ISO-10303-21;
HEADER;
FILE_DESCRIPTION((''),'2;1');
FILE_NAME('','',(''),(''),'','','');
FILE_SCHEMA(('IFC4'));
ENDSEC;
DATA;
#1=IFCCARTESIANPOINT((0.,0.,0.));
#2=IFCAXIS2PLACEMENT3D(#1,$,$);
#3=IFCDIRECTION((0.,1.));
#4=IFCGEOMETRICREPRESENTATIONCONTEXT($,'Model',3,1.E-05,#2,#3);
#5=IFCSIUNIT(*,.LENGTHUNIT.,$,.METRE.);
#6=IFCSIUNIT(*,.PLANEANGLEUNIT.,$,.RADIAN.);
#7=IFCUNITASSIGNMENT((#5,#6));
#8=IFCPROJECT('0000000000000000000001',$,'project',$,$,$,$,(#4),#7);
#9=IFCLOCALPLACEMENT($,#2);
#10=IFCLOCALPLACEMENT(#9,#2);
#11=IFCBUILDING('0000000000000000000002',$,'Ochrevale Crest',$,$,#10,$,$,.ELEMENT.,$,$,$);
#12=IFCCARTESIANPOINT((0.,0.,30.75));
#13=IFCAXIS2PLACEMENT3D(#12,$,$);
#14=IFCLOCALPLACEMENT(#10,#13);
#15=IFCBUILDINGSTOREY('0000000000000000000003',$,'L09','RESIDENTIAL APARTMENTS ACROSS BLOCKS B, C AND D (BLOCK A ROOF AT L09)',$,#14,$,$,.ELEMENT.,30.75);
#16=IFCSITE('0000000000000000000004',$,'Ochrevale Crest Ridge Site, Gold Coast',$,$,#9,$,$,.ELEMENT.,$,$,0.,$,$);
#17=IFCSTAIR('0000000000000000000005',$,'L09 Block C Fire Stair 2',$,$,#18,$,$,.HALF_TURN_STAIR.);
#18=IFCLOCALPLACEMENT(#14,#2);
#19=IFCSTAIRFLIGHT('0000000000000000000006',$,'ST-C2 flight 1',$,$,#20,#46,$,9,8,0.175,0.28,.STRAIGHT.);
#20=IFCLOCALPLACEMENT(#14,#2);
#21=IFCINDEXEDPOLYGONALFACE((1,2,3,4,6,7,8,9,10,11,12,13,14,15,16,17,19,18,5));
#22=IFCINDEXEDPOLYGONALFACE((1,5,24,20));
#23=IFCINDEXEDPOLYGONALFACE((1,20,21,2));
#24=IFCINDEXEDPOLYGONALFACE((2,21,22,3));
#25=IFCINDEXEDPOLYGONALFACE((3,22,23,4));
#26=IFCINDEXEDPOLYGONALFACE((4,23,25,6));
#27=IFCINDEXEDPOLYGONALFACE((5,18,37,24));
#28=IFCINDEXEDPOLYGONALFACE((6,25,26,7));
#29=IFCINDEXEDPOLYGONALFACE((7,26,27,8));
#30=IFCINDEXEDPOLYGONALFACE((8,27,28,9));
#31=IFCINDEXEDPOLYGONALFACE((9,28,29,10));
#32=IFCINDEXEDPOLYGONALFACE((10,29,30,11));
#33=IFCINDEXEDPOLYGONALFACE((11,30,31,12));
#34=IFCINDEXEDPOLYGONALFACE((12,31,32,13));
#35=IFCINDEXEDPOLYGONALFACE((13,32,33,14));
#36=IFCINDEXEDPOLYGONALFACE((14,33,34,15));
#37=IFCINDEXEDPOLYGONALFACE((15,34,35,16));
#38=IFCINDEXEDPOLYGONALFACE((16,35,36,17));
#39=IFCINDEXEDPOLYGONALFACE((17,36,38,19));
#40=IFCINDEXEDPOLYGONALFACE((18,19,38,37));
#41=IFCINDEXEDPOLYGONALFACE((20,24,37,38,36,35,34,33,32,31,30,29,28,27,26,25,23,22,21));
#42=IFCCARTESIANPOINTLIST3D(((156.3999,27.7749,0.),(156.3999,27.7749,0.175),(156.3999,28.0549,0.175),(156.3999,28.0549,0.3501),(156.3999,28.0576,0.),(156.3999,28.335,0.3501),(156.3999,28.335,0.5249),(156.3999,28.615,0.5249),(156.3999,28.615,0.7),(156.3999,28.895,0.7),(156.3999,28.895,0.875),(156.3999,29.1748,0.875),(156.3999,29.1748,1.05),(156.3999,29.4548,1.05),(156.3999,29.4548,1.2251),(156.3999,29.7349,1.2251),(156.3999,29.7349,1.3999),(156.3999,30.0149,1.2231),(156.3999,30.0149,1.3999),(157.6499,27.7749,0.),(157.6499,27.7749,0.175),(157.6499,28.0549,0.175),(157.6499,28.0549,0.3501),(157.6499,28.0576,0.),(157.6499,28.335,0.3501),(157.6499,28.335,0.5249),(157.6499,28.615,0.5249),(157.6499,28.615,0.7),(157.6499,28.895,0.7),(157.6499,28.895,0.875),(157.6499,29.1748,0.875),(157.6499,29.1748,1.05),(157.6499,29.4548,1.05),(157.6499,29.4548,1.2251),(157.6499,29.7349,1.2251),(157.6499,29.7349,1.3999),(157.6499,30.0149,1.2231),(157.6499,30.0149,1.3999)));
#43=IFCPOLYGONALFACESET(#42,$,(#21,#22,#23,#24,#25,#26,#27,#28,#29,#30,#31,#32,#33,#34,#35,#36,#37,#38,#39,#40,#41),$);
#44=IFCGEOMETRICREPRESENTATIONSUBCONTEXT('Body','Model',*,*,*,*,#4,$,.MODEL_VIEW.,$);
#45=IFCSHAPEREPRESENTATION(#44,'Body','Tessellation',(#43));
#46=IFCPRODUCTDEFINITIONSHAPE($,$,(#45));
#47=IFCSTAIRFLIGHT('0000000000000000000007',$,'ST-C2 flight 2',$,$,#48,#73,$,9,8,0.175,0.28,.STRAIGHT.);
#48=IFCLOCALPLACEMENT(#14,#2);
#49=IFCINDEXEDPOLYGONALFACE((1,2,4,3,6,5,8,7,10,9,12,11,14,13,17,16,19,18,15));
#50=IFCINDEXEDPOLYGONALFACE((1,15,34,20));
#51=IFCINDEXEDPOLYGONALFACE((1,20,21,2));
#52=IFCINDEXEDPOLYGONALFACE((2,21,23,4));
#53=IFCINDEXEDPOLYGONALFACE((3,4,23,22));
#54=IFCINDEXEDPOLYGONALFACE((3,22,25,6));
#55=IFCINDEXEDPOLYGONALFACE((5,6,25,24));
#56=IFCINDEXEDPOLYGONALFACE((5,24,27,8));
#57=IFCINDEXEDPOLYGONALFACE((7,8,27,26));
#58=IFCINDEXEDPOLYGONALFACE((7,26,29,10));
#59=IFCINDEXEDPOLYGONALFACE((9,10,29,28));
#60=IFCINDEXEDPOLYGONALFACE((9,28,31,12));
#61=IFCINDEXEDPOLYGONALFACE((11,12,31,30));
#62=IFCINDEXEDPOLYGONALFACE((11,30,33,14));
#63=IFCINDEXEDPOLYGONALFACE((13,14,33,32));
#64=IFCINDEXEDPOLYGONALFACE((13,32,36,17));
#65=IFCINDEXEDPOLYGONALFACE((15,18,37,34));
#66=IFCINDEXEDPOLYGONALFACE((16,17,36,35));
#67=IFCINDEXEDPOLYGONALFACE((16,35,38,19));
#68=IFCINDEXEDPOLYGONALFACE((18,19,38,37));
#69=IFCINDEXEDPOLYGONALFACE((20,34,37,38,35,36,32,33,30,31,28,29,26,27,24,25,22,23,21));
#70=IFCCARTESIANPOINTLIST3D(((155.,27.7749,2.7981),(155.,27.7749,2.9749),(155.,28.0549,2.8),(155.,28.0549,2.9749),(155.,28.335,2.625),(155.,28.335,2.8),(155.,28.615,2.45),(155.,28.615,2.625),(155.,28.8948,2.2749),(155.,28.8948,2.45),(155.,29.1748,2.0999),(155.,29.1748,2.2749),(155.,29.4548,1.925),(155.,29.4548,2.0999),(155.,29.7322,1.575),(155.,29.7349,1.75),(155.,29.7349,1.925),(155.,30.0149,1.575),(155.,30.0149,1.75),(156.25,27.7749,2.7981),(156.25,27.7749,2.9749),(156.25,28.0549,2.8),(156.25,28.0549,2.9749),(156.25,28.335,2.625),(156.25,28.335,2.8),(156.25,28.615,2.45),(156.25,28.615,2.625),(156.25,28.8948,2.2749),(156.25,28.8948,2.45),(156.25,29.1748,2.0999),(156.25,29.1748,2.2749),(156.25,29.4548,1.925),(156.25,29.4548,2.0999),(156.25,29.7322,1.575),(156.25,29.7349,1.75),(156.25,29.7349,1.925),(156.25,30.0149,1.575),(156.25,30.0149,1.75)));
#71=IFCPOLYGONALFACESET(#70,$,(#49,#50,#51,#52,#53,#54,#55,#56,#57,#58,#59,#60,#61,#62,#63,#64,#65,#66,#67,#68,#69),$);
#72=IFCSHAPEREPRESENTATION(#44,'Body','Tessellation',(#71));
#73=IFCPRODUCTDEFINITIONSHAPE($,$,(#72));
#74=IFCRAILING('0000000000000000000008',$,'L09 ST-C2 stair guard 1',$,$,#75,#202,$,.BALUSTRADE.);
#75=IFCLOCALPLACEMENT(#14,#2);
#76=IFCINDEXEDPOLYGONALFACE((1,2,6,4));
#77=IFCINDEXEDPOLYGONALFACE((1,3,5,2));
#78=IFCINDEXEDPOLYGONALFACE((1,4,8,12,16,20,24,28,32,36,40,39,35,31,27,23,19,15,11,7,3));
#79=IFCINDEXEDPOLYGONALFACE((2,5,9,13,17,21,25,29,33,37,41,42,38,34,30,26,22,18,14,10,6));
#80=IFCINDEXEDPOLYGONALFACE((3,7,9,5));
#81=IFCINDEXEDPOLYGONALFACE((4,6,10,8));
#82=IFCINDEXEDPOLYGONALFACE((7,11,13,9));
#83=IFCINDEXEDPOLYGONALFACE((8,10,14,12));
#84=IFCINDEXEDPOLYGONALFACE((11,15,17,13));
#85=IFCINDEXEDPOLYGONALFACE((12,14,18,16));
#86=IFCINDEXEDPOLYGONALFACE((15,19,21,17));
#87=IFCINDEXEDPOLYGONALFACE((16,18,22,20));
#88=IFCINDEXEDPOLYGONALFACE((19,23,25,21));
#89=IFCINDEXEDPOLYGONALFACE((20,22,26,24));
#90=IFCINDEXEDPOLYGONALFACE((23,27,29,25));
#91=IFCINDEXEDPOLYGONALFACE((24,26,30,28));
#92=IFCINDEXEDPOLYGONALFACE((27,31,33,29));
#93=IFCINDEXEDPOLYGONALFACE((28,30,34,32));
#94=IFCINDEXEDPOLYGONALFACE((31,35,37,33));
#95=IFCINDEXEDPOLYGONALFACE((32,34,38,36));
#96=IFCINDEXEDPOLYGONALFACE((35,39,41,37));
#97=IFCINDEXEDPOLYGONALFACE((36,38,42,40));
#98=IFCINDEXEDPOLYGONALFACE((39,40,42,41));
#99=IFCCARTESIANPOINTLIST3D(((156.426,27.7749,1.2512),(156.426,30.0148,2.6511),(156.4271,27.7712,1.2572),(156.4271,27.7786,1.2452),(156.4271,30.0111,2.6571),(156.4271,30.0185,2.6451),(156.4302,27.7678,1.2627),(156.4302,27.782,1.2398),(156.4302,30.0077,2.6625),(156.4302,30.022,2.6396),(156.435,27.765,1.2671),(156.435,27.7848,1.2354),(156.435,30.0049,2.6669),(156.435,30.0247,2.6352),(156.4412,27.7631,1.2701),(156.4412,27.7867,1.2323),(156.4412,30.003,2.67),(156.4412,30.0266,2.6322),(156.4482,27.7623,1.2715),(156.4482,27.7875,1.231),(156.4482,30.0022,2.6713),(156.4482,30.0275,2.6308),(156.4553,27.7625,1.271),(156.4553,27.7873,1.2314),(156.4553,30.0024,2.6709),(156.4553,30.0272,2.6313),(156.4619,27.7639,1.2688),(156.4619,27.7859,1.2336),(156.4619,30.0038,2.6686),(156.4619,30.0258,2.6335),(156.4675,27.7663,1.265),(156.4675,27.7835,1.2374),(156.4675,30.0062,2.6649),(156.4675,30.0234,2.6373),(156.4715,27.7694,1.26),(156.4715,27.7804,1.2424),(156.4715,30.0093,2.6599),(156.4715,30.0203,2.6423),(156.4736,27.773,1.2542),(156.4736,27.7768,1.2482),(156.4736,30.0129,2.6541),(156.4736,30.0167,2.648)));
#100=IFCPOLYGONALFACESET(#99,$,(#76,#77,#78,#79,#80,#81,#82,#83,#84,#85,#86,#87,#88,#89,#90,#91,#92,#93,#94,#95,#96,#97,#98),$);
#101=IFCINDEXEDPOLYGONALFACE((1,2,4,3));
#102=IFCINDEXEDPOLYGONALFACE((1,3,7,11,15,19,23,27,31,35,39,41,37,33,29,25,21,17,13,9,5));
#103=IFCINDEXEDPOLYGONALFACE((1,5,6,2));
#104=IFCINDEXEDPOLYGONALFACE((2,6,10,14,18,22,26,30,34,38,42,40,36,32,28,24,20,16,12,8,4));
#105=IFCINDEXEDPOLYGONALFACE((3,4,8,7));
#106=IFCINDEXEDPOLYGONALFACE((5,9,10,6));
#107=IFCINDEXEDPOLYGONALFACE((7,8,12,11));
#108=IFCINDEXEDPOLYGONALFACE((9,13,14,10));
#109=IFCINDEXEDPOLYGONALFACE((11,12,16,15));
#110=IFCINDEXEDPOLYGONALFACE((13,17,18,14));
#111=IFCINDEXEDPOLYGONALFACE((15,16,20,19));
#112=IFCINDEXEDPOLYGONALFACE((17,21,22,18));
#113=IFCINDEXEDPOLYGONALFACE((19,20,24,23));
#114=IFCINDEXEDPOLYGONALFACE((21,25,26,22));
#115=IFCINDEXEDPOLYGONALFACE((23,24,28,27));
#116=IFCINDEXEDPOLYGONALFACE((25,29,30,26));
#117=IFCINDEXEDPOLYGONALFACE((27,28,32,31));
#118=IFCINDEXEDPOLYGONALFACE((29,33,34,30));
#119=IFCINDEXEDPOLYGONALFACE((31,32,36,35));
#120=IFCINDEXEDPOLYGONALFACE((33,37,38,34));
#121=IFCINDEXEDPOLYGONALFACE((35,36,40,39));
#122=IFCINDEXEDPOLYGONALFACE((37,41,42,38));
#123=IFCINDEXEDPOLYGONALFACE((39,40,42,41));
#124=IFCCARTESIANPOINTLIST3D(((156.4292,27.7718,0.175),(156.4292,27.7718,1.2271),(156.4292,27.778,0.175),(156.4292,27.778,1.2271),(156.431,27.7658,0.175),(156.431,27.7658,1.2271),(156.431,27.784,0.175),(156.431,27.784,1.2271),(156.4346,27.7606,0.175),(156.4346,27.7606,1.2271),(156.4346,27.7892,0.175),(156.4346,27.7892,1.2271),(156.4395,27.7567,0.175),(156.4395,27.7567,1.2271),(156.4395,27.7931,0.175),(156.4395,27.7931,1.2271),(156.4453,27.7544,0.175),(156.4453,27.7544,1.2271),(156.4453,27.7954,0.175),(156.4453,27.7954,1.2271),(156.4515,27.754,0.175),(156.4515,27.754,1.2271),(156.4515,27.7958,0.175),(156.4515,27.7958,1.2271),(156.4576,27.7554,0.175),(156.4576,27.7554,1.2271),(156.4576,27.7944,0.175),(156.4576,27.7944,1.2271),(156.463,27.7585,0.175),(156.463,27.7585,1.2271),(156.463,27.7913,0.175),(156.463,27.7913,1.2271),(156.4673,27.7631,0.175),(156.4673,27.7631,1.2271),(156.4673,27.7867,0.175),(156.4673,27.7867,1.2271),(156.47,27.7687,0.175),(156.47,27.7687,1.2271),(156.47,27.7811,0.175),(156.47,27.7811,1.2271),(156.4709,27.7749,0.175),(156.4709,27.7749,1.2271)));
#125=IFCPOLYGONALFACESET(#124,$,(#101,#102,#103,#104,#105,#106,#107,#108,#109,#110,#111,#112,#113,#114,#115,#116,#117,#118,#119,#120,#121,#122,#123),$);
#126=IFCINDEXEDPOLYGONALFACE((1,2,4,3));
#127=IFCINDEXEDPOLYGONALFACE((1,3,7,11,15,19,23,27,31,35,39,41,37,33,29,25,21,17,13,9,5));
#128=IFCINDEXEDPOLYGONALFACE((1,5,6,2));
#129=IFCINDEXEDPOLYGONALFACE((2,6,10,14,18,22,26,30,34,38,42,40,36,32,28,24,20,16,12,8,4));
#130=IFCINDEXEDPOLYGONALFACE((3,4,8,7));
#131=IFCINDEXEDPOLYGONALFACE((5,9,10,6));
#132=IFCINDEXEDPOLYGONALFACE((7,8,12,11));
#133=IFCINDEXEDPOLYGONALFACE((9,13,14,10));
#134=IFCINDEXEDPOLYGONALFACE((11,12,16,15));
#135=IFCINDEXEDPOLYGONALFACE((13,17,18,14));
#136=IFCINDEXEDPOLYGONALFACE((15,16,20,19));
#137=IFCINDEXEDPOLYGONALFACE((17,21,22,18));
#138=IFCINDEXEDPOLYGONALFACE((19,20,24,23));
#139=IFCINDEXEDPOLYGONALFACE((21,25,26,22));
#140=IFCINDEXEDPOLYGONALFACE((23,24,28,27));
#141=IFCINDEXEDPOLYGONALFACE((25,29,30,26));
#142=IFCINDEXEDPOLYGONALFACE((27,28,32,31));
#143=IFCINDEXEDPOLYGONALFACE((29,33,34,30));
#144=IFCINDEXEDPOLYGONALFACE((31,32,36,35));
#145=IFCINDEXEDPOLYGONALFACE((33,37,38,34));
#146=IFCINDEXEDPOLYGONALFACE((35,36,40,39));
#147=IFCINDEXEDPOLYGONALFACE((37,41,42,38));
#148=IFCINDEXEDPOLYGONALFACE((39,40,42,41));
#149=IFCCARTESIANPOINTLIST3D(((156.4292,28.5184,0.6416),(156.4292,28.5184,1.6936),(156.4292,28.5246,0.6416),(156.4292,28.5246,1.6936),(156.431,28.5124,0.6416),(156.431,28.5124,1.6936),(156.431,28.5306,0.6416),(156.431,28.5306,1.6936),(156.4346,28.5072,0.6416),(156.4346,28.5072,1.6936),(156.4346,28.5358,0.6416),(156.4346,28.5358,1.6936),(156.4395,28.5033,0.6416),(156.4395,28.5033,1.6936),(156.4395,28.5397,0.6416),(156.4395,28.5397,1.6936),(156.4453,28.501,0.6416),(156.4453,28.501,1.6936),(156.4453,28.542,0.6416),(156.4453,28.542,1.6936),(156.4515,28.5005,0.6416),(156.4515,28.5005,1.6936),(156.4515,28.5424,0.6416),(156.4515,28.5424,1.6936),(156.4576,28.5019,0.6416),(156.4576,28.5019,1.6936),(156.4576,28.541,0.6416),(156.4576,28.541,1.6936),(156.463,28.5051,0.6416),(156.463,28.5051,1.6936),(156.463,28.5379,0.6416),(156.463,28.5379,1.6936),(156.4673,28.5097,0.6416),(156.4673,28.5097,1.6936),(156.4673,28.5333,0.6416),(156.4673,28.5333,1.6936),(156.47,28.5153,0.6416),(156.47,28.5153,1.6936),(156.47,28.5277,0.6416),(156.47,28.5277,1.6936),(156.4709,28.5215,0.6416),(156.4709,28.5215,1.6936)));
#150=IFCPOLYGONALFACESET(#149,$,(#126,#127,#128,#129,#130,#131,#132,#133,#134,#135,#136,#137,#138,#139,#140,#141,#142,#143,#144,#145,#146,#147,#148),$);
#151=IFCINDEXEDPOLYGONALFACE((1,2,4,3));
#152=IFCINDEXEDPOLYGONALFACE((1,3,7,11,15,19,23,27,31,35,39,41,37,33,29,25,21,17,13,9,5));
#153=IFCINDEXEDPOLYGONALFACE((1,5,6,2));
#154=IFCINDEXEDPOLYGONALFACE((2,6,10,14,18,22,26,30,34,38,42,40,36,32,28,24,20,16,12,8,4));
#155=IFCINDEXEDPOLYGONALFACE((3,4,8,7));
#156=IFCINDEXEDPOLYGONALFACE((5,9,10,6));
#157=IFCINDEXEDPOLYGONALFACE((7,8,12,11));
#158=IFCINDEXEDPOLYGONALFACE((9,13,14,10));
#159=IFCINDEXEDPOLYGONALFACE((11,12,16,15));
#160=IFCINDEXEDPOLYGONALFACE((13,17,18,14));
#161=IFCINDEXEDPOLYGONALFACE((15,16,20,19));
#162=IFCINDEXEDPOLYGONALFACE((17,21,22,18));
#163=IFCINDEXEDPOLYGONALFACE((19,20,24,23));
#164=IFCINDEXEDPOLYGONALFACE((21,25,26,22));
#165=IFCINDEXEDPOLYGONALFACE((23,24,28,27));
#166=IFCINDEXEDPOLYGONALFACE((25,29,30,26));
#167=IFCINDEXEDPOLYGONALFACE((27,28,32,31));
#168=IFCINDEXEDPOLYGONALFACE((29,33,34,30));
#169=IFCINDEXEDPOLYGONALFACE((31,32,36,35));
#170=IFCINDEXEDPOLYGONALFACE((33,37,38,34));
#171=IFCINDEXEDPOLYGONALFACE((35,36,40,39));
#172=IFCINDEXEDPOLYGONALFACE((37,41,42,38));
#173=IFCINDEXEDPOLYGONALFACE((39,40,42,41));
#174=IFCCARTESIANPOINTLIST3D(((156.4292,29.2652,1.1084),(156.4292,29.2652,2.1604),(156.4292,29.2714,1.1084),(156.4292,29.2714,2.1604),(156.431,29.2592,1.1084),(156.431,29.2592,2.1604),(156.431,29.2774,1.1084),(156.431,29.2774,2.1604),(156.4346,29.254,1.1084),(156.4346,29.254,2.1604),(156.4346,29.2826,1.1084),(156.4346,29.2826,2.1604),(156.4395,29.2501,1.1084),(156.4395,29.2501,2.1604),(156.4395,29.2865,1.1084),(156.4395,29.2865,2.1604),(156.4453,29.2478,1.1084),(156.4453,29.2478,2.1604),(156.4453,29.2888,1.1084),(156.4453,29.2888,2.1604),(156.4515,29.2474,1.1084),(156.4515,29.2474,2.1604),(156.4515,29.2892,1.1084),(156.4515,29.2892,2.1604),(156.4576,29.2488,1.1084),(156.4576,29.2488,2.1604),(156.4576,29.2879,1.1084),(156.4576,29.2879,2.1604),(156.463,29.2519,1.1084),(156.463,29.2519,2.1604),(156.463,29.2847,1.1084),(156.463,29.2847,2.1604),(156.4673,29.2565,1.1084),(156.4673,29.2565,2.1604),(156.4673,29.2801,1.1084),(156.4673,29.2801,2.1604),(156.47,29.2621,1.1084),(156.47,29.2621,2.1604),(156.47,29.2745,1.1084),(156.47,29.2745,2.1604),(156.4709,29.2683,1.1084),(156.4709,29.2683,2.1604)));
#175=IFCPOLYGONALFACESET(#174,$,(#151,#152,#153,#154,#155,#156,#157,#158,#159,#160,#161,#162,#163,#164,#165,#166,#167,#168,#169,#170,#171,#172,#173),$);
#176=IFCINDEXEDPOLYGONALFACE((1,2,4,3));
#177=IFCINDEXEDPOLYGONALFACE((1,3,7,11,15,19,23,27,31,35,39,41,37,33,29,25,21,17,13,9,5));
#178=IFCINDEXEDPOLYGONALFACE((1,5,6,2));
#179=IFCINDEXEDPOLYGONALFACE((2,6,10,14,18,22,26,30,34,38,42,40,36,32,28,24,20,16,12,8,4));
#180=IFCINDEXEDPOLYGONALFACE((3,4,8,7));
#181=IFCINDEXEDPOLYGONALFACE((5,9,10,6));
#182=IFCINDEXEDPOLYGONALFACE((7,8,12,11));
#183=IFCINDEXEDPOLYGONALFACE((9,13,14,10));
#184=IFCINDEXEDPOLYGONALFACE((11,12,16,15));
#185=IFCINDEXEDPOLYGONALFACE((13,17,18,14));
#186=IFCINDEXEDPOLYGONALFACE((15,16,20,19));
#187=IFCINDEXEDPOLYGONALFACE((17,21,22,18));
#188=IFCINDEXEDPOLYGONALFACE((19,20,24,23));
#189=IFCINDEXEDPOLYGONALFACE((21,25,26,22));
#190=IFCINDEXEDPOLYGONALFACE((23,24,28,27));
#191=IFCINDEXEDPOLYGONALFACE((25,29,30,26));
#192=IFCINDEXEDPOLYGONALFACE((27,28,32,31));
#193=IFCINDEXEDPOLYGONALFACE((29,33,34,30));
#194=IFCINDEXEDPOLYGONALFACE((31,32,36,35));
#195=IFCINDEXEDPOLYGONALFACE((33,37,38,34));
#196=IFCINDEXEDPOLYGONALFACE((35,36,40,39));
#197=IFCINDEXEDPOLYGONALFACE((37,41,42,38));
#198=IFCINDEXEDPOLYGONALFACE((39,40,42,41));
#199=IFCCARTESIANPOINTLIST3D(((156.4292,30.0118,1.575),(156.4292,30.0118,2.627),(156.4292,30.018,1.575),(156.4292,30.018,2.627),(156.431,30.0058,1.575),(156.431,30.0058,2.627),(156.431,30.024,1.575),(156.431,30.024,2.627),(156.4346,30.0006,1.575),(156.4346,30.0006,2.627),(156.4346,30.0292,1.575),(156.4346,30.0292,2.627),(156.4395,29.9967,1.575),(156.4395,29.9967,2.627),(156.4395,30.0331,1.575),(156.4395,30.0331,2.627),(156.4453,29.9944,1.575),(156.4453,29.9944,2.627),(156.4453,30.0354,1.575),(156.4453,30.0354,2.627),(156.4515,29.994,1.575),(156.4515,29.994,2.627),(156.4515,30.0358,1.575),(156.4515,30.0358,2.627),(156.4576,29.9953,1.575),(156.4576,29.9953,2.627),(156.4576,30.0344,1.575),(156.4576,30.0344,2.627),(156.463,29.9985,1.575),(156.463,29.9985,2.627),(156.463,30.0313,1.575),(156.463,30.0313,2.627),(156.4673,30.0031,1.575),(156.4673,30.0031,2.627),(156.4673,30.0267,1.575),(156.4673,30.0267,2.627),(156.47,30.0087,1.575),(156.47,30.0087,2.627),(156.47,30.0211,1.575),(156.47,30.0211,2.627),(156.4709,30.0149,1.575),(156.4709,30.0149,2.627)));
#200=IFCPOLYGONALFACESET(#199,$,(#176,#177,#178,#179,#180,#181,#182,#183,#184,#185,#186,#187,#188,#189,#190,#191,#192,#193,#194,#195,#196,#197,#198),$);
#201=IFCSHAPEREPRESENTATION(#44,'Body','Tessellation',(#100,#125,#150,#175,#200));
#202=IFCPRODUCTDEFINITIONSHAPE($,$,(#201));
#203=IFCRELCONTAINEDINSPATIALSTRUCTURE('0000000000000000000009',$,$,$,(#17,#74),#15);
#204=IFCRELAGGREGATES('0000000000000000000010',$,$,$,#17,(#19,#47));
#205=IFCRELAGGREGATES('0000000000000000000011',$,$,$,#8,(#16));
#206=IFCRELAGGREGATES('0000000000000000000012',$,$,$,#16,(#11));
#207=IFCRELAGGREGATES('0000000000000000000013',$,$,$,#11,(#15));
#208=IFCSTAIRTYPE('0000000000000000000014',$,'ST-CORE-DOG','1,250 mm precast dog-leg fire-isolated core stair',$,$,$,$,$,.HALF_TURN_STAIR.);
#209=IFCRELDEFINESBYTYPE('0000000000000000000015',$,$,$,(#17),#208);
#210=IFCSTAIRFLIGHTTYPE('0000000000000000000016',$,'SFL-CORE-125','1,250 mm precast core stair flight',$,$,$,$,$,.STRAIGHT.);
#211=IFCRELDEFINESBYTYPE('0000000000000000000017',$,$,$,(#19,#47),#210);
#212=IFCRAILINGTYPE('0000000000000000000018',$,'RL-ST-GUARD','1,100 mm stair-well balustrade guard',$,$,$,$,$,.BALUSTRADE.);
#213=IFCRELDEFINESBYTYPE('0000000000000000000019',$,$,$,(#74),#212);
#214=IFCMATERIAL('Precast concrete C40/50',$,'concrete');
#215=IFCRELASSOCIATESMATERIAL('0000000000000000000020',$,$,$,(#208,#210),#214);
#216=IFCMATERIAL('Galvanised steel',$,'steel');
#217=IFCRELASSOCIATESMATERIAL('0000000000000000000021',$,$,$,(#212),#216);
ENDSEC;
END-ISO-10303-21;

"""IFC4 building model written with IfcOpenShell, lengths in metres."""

from ifc_helpers import new_model, si_unit, direction, frame, origin, origin_2d, place, context, subcontext, project, spatial, polyline, circle, outline, extrude, material, type_object, element, aggregate, save


model = new_model("IFC4")

# Units and contexts
model_context = context("Model", 3, precision=1e-05, world=origin(), true_north=direction((0.0, 1.0)))
body_context = subcontext(model_context, "Body", "Model", "MODEL_VIEW")
ifc_project = project(units=[si_unit("LENGTHUNIT", "METRE"), si_unit("PLANEANGLEUNIT", "RADIAN")], contexts=[model_context])

# Site, building, storey
site_placement = place(None, origin())
site = spatial("IfcSite", under=ifc_project, at=site_placement, Name="Ochrevale Crest Ridge Site, Gold Coast", CompositionType="ELEMENT", RefElevation=0.0)
building_placement = place(site_placement, origin())
building = spatial("IfcBuilding", under=site, at=building_placement, Name="Ochrevale Crest", CompositionType="ELEMENT")
storey_placement = place(building_placement, frame((0.0, 0.0, 30.75)))
storey = spatial("IfcBuildingStorey", under=building, at=storey_placement, Name="L09", Description="RESIDENTIAL APARTMENTS ACROSS BLOCKS B, C AND D (BLOCK A ROOF AT L09)", CompositionType="ELEMENT", Elevation=30.75)

# Shared definitions
ifc_material_1 = material(Name="Precast concrete C40/50", Category="concrete")

# Stair, stair flights
stair_type = type_object("IfcStairType", Name="ST-CORE-DOG", Description="1,250 mm precast dog-leg fire-isolated core stair", PredefinedType="HALF_TURN_STAIR", material=ifc_material_1)
stair_placement = place(storey_placement, origin())
stair = element("IfcStair", 1, at=stair_placement, inside=storey, type_object=stair_type, Name="L09 Block C Fire Stair 2", PredefinedType="HALF_TURN_STAIR")
stair_flight_type = type_object("IfcStairFlightType", Name="SFL-CORE-125", Description="1,250 mm precast core stair flight", PredefinedType="STRAIGHT", material=ifc_material_1)
stair_flight_1_placement = place(storey_placement, frame((157.0249, 27.7749, 0.0), z_axis=(0.0, 0.0, 1.0), x_axis=(0.0, 1.0, 0.0)))
stair_flight_1 = element("IfcStairFlight", 2, at=stair_flight_1_placement, type_object=stair_flight_type, Name="ST-C2 flight 1", NumberOfRisers=9, NumberOfTreads=8, PredefinedType="STRAIGHT", RiserHeight=0.175, TreadLength=0.28, context=body_context, shape_type="SweptSolid", body=[
    extrude(outline(polyline([(0.0, 0.0), (0.0, 0.175), (0.28, 0.175), (0.28, 0.3501), (0.5601, 0.3501), (0.5601, 0.5249), (0.8401, 0.5249), (0.8401, 0.7), (1.1201, 0.7), (1.1201, 0.875), (1.3999, 0.875), (1.3999, 1.05), (1.6799, 1.05), (1.6799, 1.2251), (1.96, 1.2251), (1.96, 1.3999), (2.24, 1.3999), (2.24, 1.575), (2.24, 1.2231), (0.2827, 0.0), (0.0, 0.0)])), frame((0.0, 0.625, 0.0), z_axis=(0.0, -1.0, 0.0), x_axis=(1.0, 0.0, 0.0)), (0.0, 0.0, 1.0), 1.25),
])
stair_flight_2_placement = place(storey_placement, frame((155.625, 30.0149, 1.575), z_axis=(0.0, 0.0, 1.0), x_axis=(0.0, -1.0, 0.0)))
stair_flight_2 = element("IfcStairFlight", 3, at=stair_flight_2_placement, type_object=stair_flight_type, Name="ST-C2 flight 2", NumberOfRisers=9, NumberOfTreads=8, PredefinedType="STRAIGHT", RiserHeight=0.175, TreadLength=0.28, context=body_context, shape_type="SweptSolid", body=[
    extrude(outline(polyline([(0.0, 0.0), (0.0, 0.175), (0.28, 0.175), (0.28, 0.3501), (0.5601, 0.3501), (0.5601, 0.5249), (0.8401, 0.5249), (0.8401, 0.7), (1.1201, 0.7), (1.1201, 0.875), (1.3999, 0.875), (1.3999, 1.05), (1.6799, 1.05), (1.6799, 1.2251), (1.96, 1.2251), (1.96, 1.3999), (2.24, 1.3999), (2.24, 1.575), (2.24, 1.2231), (0.2827, 0.0), (0.0, 0.0)])), frame((0.0, 0.625, 0.0), z_axis=(0.0, -1.0, 0.0), x_axis=(1.0, 0.0, 0.0)), (0.0, 0.0, 1.0), 1.25),
])
aggregate(stair, [stair_flight_1, stair_flight_2])

# Railing
ifc_material_2 = material(Name="Galvanised steel", Category="steel")
railing_type_1 = type_object("IfcRailingType", Name="RL-ST-GUARD", Description="1,100 mm stair-well balustrade guard", PredefinedType="BALUSTRADE", material=ifc_material_2)
railing_1_placement = place(storey_placement, frame((156.45, 27.7749, 0.175)))
element("IfcRailing", 4, at=railing_1_placement, inside=storey, type_object=railing_type_1, Name="L09 ST-C2 stair guard 1", PredefinedType="BALUSTRADE", context=body_context, shape_type="SweptSolid", body=[
    extrude(circle(Radius=0.0239, at=origin_2d()), frame((0.0, 0.0, 1.0762), z_axis=(0.0, 0.848014, 0.529974), x_axis=(-1.0, 0.0, 0.0)), (0.0, 0.0, 1.0), 2.6414),
    extrude(circle(Radius=0.021, at=origin_2d()), origin(), (0.0, 0.0, 1.0), 1.052),
    extrude(circle(Radius=0.021, at=origin_2d()), frame((0.0, 0.7466, 0.4666)), (0.0, 0.0, 1.0), 1.052),
    extrude(circle(Radius=0.021, at=origin_2d()), frame((0.0, 1.4934, 0.9333)), (0.0, 0.0, 1.0), 1.052),
    extrude(circle(Radius=0.021, at=origin_2d()), frame((0.0, 2.24, 1.3999)), (0.0, 0.0, 1.0), 1.052),
])

save(model, "model.ifc")
